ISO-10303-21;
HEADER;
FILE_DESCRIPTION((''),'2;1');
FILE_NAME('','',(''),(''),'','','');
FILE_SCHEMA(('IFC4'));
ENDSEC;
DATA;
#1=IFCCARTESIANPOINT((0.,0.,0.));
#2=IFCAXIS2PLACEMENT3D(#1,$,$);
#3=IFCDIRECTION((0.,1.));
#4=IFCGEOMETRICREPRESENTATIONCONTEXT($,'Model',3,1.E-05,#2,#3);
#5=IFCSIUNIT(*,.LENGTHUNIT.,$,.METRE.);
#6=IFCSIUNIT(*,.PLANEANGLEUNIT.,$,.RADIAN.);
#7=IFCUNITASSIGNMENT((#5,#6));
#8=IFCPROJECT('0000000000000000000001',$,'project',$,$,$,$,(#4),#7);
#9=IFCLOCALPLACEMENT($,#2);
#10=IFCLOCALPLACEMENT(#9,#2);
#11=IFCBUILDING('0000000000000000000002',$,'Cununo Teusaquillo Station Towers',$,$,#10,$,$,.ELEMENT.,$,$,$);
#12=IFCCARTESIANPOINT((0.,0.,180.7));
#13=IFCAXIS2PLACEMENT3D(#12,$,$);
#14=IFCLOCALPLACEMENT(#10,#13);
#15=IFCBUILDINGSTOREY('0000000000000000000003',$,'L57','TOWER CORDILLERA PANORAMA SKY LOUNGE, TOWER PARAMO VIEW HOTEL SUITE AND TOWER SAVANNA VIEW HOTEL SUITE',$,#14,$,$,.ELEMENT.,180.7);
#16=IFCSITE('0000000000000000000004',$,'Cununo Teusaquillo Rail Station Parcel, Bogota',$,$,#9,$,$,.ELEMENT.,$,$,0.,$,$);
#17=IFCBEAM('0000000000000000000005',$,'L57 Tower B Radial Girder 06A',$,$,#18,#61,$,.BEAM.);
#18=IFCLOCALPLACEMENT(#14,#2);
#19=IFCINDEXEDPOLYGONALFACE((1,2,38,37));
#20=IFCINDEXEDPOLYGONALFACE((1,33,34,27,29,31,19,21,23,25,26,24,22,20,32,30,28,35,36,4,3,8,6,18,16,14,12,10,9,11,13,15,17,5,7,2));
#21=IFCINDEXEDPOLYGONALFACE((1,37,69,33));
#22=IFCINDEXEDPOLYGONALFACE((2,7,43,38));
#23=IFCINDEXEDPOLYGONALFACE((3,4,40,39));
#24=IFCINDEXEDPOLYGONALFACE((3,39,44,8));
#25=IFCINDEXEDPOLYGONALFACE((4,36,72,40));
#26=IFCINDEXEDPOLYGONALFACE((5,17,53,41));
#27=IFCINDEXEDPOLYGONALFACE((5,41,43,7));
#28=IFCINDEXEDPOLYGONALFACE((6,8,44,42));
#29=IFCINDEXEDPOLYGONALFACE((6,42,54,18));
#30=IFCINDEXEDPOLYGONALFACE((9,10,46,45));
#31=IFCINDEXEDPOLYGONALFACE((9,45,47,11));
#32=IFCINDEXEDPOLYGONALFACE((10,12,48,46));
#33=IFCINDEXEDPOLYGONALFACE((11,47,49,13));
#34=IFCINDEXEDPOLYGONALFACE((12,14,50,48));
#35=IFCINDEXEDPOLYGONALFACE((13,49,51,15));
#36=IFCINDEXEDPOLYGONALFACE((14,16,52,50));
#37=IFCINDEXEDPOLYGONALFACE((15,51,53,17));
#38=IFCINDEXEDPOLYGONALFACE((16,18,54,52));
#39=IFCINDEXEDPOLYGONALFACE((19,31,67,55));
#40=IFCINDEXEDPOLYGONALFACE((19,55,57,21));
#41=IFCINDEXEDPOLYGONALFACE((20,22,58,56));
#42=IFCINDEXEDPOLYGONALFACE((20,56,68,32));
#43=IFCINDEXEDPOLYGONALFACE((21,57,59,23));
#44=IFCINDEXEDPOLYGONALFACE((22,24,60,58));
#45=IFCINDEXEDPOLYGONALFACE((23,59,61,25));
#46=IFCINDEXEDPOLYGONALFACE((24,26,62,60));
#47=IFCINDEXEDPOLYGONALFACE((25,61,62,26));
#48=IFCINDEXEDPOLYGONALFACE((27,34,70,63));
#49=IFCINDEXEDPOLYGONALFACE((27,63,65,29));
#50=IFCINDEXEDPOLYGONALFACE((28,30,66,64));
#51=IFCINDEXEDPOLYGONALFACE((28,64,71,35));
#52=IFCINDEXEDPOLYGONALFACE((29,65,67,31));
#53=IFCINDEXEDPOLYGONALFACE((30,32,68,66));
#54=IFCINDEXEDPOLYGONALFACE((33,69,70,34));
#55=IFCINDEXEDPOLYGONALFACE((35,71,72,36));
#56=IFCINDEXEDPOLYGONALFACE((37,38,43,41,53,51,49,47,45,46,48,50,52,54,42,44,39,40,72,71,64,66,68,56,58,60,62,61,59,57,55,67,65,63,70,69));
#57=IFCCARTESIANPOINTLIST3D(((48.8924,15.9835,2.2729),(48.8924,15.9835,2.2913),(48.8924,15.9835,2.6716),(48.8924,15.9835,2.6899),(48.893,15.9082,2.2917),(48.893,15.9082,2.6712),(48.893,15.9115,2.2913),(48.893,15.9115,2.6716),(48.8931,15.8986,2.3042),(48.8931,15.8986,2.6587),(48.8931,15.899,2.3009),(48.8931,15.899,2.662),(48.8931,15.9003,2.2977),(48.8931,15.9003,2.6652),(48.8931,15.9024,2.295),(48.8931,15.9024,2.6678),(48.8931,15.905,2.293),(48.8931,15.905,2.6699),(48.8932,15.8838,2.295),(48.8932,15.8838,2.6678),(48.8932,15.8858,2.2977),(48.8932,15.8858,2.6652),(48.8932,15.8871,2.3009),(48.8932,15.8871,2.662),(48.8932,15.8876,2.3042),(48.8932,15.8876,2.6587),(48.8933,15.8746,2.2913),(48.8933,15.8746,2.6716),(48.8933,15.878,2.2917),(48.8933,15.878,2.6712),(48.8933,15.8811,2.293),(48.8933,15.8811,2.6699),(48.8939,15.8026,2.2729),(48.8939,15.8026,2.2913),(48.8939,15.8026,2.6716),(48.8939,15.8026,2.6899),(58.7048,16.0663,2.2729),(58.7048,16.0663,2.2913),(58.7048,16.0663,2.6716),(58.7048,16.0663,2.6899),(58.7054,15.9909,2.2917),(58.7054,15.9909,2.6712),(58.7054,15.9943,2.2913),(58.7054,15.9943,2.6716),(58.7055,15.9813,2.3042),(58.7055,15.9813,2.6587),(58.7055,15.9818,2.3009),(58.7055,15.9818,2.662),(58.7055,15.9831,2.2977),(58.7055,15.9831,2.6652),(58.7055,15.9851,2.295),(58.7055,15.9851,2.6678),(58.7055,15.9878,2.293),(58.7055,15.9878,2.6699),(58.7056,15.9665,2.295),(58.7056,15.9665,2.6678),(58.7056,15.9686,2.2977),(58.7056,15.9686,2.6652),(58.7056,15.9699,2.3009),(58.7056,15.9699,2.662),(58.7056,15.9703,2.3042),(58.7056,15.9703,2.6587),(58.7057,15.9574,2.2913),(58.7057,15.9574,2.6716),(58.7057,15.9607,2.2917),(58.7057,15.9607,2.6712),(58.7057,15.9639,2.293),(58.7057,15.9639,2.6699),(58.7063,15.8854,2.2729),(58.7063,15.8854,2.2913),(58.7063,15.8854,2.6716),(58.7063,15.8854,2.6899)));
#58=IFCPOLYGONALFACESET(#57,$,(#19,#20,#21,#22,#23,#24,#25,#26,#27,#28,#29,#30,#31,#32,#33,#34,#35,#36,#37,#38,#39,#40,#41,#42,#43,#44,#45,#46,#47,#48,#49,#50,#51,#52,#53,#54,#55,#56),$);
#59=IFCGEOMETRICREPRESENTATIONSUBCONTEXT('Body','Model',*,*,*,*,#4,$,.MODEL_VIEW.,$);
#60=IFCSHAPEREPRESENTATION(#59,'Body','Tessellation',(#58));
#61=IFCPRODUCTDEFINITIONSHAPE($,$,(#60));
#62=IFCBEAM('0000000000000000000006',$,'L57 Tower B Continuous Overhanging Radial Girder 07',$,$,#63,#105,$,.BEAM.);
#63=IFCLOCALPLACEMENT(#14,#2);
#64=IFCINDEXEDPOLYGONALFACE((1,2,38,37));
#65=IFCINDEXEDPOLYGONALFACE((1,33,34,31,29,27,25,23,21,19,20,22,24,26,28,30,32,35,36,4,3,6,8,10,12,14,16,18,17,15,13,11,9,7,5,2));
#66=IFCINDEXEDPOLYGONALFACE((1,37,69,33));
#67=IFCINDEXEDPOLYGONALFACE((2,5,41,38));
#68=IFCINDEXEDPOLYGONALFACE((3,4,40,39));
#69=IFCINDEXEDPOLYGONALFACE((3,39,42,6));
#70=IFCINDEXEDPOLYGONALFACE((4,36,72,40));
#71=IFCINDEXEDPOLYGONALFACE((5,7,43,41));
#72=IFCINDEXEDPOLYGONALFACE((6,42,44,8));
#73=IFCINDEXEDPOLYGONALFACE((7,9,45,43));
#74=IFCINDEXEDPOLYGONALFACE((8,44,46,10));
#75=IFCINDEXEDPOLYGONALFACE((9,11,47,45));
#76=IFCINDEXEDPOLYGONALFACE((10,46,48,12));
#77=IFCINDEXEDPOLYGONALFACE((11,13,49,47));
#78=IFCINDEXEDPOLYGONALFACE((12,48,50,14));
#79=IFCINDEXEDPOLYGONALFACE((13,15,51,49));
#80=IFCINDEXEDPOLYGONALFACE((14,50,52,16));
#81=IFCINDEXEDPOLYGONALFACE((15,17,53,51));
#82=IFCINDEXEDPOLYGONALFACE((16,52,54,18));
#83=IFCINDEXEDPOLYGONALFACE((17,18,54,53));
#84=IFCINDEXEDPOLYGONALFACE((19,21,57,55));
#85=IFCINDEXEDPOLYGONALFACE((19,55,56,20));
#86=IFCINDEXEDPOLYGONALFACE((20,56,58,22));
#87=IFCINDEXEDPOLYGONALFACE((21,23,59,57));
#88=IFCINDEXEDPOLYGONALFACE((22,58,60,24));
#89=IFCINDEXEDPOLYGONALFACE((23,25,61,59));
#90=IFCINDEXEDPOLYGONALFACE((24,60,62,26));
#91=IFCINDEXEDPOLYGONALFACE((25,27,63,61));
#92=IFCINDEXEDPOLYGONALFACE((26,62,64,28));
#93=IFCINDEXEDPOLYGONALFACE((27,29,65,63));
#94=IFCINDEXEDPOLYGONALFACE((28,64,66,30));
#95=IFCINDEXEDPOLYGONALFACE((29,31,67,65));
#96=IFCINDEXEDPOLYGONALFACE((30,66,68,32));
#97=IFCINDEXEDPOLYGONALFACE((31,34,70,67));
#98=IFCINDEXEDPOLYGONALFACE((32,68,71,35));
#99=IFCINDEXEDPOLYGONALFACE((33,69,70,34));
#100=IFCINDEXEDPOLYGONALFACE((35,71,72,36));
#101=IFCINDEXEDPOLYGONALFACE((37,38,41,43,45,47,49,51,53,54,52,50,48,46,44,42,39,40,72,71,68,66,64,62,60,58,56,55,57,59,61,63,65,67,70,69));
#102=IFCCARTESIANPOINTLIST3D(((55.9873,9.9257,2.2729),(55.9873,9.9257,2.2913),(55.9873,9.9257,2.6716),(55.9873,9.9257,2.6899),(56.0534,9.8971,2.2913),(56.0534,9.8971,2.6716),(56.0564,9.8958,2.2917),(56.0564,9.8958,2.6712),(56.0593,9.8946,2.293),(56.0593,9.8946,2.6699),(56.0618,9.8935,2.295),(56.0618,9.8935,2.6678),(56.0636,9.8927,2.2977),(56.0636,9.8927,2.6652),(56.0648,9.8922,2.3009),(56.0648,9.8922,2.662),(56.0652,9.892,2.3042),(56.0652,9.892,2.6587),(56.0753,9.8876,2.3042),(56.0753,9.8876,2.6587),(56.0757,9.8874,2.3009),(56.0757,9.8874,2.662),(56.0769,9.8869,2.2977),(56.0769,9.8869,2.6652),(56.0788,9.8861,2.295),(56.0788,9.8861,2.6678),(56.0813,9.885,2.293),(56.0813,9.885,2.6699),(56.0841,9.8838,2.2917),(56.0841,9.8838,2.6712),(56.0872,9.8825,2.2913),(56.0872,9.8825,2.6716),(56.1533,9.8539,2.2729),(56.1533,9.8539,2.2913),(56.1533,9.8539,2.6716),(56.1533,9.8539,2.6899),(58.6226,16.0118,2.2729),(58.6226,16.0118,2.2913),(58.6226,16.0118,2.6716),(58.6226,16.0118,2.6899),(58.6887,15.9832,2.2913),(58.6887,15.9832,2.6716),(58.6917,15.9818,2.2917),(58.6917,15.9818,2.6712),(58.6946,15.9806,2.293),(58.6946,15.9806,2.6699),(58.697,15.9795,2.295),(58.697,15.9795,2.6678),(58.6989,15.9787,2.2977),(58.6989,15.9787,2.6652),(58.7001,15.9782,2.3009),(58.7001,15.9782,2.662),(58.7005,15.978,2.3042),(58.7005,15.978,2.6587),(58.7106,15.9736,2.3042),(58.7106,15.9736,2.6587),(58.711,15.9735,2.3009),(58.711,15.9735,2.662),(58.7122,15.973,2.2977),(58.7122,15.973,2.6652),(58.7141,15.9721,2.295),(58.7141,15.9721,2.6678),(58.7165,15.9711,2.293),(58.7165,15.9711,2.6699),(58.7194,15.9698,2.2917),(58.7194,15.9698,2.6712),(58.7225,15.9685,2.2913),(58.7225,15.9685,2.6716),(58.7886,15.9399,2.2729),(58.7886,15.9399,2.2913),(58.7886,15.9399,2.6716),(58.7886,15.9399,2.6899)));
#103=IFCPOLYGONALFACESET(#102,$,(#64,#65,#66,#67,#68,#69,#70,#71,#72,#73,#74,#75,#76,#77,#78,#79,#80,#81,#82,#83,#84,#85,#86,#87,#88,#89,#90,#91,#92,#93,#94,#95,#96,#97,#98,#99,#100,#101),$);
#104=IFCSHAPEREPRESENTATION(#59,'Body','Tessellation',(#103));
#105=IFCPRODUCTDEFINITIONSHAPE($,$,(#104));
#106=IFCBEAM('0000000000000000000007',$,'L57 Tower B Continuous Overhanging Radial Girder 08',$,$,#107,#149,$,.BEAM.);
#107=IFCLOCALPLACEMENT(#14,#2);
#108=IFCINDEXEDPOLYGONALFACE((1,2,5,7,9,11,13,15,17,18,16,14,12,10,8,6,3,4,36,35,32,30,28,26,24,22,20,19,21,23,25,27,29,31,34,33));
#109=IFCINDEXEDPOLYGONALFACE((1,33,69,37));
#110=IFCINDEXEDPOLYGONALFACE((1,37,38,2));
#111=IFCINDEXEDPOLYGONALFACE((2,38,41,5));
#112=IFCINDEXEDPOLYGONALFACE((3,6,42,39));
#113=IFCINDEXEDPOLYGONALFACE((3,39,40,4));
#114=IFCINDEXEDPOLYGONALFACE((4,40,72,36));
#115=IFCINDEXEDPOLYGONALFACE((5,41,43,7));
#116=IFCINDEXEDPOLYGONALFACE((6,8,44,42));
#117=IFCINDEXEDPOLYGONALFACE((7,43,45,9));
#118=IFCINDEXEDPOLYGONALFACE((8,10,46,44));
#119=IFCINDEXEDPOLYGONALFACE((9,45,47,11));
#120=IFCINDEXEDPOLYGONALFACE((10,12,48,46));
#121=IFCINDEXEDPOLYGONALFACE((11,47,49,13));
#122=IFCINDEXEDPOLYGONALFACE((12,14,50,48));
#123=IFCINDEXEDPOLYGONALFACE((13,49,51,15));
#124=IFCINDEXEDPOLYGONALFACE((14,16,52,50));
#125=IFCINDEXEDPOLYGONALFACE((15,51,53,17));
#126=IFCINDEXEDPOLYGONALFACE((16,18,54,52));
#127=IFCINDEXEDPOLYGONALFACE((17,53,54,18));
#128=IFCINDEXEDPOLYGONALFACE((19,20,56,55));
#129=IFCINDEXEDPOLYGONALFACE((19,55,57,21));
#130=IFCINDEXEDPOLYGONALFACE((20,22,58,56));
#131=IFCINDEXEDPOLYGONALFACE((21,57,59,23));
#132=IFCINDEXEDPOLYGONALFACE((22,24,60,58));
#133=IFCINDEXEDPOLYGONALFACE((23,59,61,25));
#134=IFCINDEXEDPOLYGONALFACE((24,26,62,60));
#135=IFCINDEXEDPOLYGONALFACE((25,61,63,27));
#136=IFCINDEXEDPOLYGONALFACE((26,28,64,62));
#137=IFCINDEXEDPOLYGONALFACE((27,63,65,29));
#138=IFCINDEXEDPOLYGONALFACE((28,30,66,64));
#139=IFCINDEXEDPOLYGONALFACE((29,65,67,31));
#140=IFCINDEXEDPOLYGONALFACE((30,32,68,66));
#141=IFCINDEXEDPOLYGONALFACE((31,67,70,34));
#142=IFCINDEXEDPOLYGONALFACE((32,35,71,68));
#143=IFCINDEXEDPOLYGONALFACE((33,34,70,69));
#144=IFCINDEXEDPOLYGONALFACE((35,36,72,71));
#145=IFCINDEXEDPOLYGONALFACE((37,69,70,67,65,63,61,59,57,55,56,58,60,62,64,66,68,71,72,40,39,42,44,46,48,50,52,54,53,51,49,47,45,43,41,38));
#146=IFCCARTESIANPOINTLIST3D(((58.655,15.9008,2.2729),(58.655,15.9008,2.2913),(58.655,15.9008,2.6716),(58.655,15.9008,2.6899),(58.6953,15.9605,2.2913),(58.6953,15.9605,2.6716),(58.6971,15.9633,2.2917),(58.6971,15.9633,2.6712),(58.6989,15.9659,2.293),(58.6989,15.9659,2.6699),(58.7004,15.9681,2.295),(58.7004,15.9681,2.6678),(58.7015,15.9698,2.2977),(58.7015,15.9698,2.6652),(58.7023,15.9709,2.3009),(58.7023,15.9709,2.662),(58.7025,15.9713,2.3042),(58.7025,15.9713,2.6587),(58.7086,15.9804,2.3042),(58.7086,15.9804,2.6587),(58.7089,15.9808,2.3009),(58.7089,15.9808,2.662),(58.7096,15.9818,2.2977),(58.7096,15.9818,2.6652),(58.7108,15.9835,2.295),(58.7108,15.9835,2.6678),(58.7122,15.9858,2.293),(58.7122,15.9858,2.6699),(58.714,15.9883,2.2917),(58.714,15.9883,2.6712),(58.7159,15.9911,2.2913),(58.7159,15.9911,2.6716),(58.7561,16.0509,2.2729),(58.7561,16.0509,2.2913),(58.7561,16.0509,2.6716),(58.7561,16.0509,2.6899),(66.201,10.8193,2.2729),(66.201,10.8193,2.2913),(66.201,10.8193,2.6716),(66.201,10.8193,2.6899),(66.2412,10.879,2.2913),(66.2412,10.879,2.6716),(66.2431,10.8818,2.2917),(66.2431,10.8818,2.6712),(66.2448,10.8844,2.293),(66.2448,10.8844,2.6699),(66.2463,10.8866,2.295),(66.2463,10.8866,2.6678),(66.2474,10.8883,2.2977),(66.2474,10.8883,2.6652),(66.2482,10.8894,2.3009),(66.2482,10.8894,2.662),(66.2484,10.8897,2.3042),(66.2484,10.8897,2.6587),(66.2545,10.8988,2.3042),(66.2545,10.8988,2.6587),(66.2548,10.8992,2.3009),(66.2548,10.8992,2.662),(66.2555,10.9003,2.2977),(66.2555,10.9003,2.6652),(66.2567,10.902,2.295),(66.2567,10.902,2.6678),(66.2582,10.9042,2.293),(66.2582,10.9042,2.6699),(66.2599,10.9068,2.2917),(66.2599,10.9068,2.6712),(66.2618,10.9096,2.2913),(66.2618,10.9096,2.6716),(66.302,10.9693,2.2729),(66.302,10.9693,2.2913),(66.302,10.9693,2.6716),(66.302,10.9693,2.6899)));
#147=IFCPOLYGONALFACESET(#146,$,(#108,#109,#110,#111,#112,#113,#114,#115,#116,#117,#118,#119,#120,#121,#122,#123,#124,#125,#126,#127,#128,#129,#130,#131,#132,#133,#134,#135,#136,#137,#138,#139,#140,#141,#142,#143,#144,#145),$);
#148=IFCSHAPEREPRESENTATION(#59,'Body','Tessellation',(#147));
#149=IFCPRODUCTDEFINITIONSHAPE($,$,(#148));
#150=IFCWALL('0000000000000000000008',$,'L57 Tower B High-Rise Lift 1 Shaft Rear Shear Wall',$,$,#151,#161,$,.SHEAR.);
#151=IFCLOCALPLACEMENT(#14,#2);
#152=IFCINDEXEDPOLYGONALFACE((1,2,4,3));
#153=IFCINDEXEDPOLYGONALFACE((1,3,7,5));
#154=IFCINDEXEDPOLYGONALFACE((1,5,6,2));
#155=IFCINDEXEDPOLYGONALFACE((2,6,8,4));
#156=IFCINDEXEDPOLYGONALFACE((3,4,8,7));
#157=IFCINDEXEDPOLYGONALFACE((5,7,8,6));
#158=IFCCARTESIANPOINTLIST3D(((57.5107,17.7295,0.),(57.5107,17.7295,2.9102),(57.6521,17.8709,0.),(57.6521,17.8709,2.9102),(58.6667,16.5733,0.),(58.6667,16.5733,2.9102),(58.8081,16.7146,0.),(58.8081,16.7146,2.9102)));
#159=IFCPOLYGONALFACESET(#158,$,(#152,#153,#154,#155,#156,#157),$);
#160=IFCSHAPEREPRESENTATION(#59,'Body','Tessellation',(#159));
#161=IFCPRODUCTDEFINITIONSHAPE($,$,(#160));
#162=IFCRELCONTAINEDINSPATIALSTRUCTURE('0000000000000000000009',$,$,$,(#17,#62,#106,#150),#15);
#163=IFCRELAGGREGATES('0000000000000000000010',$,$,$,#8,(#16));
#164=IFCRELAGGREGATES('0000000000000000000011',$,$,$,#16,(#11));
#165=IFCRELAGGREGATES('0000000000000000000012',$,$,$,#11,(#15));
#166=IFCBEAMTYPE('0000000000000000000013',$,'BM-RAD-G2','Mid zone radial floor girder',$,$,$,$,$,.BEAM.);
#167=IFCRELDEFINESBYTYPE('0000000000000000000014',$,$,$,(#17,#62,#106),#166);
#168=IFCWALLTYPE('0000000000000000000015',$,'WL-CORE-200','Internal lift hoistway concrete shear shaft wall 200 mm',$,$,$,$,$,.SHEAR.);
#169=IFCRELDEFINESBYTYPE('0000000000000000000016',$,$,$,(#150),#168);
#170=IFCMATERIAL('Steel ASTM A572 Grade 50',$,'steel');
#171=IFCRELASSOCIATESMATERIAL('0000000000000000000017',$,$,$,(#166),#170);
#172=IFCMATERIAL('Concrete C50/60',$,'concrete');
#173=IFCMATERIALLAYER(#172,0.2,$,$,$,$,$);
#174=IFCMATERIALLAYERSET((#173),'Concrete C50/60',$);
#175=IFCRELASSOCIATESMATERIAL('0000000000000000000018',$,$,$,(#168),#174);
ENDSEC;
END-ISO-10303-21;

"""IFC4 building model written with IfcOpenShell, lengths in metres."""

from ifc_helpers import new_model, si_unit, direction, frame, frame_2d, origin, origin_2d, place, context, subcontext, project, spatial, rectangle, i_section, extrude, material, layer, layer_set, material_profile, profile_set, type_object, element, save


model = new_model("IFC4")

# Units and contexts
model_context = context("Model", 3, precision=1e-05, world=origin(), true_north=direction((0.0, 1.0)))
body_context = subcontext(model_context, "Body", "Model", "MODEL_VIEW")
ifc_project = project(units=[si_unit("LENGTHUNIT", "METRE"), si_unit("PLANEANGLEUNIT", "RADIAN")], contexts=[model_context])

# Site, building, storey
site_placement = place(None, origin())
site = spatial("IfcSite", under=ifc_project, at=site_placement, Name="Cununo Teusaquillo Rail Station Parcel, Bogota", CompositionType="ELEMENT", RefElevation=0.0)
building_placement = place(site_placement, origin())
building = spatial("IfcBuilding", under=site, at=building_placement, Name="Cununo Teusaquillo Station Towers", CompositionType="ELEMENT")
storey_placement = place(building_placement, frame((0.0, 0.0, 180.7)))
storey = spatial("IfcBuildingStorey", under=building, at=storey_placement, Name="L57", Description="TOWER CORDILLERA PANORAMA SKY LOUNGE, TOWER PARAMO VIEW HOTEL SUITE AND TOWER SAVANNA VIEW HOTEL SUITE", CompositionType="ELEMENT", Elevation=180.7)

# Beams
ifc_material_1 = material(Name="Steel ASTM A572 Grade 50", Category="steel")
ifc_material_profile_1 = material_profile(ifc_material_1, i_section(OverallWidth=0.1809, OverallDepth=0.417, WebThickness=0.011, FlangeThickness=0.0183, FilletRadius=0.0129, at=origin_2d()), Name="W16X57")
ifc_profile_set_1 = profile_set([ifc_material_profile_1], Name="Steel ASTM A572 Grade 50")
beam_type_1 = type_object("IfcBeamType", Name="BM-RAD-G2", Description="Mid zone radial floor girder", PredefinedType="BEAM", material=ifc_profile_set_1)
beam_1_placement = place(storey_placement, frame((58.7056, 15.9758, 2.4814), z_axis=(-0.999964, -0.008434, 0.0), x_axis=(0.008434, -0.999964, 0.0)))
element("IfcBeam", 1, at=beam_1_placement, inside=storey, type_object=beam_type_1, Name="L57 Tower B Radial Girder 06A", PredefinedType="BEAM", context=body_context, shape_type="SweptSolid", body=[
    extrude(i_section(OverallWidth=0.1809, OverallDepth=0.417, WebThickness=0.011, FlangeThickness=0.0183, FilletRadius=0.0129, at=origin_2d()), origin(), (0.0, 0.0, 1.0), 9.8127),
])
beam_2_placement = place(storey_placement, frame((58.7056, 15.9758, 2.4814), z_axis=(-0.397355, -0.917665, 0.0), x_axis=(0.917665, -0.397355, 0.0)))
element("IfcBeam", 2, at=beam_2_placement, inside=storey, type_object=beam_type_1, Name="L57 Tower B Continuous Overhanging Radial Girder 07", PredefinedType="BEAM", context=body_context, shape_type="SweptSolid", body=[
    extrude(i_section(OverallWidth=0.1809, OverallDepth=0.417, WebThickness=0.011, FlangeThickness=0.0183, FilletRadius=0.0129, at=origin_2d()), origin(), (0.0, 0.0, 1.0), 6.6321),
])
beam_3_placement = place(storey_placement, frame((58.7056, 15.9758, 2.4814), z_axis=(0.829457, -0.558571, 0.0), x_axis=(0.558571, 0.829457, 0.0)))
element("IfcBeam", 3, at=beam_3_placement, inside=storey, type_object=beam_type_1, Name="L57 Tower B Continuous Overhanging Radial Girder 08", PredefinedType="BEAM", context=body_context, shape_type="SweptSolid", body=[
    extrude(i_section(OverallWidth=0.1809, OverallDepth=0.417, WebThickness=0.011, FlangeThickness=0.0183, FilletRadius=0.0129, at=origin_2d()), origin(), (0.0, 0.0, 1.0), 9.0974),
])

# Wall
ifc_material_2 = material(Name="Concrete C50/60", Category="concrete")
ifc_layer_1 = layer(ifc_material_2, 0.2)
ifc_layer_set_1 = layer_set([ifc_layer_1], Name="Concrete C50/60")
wall_type_1 = type_object("IfcWallType", Name="WL-CORE-200", Description="Internal lift hoistway concrete shear shaft wall 200 mm", PredefinedType="SHEAR", material=ifc_layer_set_1)
wall_1_placement = place(storey_placement, frame((58.7373, 16.644, 0.0), z_axis=(0.0, 0.0, 1.0), x_axis=(-0.707032, 0.707181, 0.0)))
element("IfcWall", 4, at=wall_1_placement, inside=storey, type_object=wall_type_1, Name="L57 Tower B High-Rise Lift 1 Shaft Rear Shear Wall", PredefinedType="SHEAR", context=body_context, shape_type="SweptSolid", body=[
    extrude(rectangle(XDim=1.635, YDim=0.2, at=frame_2d((0.8174, 0.0))), origin(), (0.0, 0.0, 1.0), 2.9102),
])

save(model, "model.ifc")
